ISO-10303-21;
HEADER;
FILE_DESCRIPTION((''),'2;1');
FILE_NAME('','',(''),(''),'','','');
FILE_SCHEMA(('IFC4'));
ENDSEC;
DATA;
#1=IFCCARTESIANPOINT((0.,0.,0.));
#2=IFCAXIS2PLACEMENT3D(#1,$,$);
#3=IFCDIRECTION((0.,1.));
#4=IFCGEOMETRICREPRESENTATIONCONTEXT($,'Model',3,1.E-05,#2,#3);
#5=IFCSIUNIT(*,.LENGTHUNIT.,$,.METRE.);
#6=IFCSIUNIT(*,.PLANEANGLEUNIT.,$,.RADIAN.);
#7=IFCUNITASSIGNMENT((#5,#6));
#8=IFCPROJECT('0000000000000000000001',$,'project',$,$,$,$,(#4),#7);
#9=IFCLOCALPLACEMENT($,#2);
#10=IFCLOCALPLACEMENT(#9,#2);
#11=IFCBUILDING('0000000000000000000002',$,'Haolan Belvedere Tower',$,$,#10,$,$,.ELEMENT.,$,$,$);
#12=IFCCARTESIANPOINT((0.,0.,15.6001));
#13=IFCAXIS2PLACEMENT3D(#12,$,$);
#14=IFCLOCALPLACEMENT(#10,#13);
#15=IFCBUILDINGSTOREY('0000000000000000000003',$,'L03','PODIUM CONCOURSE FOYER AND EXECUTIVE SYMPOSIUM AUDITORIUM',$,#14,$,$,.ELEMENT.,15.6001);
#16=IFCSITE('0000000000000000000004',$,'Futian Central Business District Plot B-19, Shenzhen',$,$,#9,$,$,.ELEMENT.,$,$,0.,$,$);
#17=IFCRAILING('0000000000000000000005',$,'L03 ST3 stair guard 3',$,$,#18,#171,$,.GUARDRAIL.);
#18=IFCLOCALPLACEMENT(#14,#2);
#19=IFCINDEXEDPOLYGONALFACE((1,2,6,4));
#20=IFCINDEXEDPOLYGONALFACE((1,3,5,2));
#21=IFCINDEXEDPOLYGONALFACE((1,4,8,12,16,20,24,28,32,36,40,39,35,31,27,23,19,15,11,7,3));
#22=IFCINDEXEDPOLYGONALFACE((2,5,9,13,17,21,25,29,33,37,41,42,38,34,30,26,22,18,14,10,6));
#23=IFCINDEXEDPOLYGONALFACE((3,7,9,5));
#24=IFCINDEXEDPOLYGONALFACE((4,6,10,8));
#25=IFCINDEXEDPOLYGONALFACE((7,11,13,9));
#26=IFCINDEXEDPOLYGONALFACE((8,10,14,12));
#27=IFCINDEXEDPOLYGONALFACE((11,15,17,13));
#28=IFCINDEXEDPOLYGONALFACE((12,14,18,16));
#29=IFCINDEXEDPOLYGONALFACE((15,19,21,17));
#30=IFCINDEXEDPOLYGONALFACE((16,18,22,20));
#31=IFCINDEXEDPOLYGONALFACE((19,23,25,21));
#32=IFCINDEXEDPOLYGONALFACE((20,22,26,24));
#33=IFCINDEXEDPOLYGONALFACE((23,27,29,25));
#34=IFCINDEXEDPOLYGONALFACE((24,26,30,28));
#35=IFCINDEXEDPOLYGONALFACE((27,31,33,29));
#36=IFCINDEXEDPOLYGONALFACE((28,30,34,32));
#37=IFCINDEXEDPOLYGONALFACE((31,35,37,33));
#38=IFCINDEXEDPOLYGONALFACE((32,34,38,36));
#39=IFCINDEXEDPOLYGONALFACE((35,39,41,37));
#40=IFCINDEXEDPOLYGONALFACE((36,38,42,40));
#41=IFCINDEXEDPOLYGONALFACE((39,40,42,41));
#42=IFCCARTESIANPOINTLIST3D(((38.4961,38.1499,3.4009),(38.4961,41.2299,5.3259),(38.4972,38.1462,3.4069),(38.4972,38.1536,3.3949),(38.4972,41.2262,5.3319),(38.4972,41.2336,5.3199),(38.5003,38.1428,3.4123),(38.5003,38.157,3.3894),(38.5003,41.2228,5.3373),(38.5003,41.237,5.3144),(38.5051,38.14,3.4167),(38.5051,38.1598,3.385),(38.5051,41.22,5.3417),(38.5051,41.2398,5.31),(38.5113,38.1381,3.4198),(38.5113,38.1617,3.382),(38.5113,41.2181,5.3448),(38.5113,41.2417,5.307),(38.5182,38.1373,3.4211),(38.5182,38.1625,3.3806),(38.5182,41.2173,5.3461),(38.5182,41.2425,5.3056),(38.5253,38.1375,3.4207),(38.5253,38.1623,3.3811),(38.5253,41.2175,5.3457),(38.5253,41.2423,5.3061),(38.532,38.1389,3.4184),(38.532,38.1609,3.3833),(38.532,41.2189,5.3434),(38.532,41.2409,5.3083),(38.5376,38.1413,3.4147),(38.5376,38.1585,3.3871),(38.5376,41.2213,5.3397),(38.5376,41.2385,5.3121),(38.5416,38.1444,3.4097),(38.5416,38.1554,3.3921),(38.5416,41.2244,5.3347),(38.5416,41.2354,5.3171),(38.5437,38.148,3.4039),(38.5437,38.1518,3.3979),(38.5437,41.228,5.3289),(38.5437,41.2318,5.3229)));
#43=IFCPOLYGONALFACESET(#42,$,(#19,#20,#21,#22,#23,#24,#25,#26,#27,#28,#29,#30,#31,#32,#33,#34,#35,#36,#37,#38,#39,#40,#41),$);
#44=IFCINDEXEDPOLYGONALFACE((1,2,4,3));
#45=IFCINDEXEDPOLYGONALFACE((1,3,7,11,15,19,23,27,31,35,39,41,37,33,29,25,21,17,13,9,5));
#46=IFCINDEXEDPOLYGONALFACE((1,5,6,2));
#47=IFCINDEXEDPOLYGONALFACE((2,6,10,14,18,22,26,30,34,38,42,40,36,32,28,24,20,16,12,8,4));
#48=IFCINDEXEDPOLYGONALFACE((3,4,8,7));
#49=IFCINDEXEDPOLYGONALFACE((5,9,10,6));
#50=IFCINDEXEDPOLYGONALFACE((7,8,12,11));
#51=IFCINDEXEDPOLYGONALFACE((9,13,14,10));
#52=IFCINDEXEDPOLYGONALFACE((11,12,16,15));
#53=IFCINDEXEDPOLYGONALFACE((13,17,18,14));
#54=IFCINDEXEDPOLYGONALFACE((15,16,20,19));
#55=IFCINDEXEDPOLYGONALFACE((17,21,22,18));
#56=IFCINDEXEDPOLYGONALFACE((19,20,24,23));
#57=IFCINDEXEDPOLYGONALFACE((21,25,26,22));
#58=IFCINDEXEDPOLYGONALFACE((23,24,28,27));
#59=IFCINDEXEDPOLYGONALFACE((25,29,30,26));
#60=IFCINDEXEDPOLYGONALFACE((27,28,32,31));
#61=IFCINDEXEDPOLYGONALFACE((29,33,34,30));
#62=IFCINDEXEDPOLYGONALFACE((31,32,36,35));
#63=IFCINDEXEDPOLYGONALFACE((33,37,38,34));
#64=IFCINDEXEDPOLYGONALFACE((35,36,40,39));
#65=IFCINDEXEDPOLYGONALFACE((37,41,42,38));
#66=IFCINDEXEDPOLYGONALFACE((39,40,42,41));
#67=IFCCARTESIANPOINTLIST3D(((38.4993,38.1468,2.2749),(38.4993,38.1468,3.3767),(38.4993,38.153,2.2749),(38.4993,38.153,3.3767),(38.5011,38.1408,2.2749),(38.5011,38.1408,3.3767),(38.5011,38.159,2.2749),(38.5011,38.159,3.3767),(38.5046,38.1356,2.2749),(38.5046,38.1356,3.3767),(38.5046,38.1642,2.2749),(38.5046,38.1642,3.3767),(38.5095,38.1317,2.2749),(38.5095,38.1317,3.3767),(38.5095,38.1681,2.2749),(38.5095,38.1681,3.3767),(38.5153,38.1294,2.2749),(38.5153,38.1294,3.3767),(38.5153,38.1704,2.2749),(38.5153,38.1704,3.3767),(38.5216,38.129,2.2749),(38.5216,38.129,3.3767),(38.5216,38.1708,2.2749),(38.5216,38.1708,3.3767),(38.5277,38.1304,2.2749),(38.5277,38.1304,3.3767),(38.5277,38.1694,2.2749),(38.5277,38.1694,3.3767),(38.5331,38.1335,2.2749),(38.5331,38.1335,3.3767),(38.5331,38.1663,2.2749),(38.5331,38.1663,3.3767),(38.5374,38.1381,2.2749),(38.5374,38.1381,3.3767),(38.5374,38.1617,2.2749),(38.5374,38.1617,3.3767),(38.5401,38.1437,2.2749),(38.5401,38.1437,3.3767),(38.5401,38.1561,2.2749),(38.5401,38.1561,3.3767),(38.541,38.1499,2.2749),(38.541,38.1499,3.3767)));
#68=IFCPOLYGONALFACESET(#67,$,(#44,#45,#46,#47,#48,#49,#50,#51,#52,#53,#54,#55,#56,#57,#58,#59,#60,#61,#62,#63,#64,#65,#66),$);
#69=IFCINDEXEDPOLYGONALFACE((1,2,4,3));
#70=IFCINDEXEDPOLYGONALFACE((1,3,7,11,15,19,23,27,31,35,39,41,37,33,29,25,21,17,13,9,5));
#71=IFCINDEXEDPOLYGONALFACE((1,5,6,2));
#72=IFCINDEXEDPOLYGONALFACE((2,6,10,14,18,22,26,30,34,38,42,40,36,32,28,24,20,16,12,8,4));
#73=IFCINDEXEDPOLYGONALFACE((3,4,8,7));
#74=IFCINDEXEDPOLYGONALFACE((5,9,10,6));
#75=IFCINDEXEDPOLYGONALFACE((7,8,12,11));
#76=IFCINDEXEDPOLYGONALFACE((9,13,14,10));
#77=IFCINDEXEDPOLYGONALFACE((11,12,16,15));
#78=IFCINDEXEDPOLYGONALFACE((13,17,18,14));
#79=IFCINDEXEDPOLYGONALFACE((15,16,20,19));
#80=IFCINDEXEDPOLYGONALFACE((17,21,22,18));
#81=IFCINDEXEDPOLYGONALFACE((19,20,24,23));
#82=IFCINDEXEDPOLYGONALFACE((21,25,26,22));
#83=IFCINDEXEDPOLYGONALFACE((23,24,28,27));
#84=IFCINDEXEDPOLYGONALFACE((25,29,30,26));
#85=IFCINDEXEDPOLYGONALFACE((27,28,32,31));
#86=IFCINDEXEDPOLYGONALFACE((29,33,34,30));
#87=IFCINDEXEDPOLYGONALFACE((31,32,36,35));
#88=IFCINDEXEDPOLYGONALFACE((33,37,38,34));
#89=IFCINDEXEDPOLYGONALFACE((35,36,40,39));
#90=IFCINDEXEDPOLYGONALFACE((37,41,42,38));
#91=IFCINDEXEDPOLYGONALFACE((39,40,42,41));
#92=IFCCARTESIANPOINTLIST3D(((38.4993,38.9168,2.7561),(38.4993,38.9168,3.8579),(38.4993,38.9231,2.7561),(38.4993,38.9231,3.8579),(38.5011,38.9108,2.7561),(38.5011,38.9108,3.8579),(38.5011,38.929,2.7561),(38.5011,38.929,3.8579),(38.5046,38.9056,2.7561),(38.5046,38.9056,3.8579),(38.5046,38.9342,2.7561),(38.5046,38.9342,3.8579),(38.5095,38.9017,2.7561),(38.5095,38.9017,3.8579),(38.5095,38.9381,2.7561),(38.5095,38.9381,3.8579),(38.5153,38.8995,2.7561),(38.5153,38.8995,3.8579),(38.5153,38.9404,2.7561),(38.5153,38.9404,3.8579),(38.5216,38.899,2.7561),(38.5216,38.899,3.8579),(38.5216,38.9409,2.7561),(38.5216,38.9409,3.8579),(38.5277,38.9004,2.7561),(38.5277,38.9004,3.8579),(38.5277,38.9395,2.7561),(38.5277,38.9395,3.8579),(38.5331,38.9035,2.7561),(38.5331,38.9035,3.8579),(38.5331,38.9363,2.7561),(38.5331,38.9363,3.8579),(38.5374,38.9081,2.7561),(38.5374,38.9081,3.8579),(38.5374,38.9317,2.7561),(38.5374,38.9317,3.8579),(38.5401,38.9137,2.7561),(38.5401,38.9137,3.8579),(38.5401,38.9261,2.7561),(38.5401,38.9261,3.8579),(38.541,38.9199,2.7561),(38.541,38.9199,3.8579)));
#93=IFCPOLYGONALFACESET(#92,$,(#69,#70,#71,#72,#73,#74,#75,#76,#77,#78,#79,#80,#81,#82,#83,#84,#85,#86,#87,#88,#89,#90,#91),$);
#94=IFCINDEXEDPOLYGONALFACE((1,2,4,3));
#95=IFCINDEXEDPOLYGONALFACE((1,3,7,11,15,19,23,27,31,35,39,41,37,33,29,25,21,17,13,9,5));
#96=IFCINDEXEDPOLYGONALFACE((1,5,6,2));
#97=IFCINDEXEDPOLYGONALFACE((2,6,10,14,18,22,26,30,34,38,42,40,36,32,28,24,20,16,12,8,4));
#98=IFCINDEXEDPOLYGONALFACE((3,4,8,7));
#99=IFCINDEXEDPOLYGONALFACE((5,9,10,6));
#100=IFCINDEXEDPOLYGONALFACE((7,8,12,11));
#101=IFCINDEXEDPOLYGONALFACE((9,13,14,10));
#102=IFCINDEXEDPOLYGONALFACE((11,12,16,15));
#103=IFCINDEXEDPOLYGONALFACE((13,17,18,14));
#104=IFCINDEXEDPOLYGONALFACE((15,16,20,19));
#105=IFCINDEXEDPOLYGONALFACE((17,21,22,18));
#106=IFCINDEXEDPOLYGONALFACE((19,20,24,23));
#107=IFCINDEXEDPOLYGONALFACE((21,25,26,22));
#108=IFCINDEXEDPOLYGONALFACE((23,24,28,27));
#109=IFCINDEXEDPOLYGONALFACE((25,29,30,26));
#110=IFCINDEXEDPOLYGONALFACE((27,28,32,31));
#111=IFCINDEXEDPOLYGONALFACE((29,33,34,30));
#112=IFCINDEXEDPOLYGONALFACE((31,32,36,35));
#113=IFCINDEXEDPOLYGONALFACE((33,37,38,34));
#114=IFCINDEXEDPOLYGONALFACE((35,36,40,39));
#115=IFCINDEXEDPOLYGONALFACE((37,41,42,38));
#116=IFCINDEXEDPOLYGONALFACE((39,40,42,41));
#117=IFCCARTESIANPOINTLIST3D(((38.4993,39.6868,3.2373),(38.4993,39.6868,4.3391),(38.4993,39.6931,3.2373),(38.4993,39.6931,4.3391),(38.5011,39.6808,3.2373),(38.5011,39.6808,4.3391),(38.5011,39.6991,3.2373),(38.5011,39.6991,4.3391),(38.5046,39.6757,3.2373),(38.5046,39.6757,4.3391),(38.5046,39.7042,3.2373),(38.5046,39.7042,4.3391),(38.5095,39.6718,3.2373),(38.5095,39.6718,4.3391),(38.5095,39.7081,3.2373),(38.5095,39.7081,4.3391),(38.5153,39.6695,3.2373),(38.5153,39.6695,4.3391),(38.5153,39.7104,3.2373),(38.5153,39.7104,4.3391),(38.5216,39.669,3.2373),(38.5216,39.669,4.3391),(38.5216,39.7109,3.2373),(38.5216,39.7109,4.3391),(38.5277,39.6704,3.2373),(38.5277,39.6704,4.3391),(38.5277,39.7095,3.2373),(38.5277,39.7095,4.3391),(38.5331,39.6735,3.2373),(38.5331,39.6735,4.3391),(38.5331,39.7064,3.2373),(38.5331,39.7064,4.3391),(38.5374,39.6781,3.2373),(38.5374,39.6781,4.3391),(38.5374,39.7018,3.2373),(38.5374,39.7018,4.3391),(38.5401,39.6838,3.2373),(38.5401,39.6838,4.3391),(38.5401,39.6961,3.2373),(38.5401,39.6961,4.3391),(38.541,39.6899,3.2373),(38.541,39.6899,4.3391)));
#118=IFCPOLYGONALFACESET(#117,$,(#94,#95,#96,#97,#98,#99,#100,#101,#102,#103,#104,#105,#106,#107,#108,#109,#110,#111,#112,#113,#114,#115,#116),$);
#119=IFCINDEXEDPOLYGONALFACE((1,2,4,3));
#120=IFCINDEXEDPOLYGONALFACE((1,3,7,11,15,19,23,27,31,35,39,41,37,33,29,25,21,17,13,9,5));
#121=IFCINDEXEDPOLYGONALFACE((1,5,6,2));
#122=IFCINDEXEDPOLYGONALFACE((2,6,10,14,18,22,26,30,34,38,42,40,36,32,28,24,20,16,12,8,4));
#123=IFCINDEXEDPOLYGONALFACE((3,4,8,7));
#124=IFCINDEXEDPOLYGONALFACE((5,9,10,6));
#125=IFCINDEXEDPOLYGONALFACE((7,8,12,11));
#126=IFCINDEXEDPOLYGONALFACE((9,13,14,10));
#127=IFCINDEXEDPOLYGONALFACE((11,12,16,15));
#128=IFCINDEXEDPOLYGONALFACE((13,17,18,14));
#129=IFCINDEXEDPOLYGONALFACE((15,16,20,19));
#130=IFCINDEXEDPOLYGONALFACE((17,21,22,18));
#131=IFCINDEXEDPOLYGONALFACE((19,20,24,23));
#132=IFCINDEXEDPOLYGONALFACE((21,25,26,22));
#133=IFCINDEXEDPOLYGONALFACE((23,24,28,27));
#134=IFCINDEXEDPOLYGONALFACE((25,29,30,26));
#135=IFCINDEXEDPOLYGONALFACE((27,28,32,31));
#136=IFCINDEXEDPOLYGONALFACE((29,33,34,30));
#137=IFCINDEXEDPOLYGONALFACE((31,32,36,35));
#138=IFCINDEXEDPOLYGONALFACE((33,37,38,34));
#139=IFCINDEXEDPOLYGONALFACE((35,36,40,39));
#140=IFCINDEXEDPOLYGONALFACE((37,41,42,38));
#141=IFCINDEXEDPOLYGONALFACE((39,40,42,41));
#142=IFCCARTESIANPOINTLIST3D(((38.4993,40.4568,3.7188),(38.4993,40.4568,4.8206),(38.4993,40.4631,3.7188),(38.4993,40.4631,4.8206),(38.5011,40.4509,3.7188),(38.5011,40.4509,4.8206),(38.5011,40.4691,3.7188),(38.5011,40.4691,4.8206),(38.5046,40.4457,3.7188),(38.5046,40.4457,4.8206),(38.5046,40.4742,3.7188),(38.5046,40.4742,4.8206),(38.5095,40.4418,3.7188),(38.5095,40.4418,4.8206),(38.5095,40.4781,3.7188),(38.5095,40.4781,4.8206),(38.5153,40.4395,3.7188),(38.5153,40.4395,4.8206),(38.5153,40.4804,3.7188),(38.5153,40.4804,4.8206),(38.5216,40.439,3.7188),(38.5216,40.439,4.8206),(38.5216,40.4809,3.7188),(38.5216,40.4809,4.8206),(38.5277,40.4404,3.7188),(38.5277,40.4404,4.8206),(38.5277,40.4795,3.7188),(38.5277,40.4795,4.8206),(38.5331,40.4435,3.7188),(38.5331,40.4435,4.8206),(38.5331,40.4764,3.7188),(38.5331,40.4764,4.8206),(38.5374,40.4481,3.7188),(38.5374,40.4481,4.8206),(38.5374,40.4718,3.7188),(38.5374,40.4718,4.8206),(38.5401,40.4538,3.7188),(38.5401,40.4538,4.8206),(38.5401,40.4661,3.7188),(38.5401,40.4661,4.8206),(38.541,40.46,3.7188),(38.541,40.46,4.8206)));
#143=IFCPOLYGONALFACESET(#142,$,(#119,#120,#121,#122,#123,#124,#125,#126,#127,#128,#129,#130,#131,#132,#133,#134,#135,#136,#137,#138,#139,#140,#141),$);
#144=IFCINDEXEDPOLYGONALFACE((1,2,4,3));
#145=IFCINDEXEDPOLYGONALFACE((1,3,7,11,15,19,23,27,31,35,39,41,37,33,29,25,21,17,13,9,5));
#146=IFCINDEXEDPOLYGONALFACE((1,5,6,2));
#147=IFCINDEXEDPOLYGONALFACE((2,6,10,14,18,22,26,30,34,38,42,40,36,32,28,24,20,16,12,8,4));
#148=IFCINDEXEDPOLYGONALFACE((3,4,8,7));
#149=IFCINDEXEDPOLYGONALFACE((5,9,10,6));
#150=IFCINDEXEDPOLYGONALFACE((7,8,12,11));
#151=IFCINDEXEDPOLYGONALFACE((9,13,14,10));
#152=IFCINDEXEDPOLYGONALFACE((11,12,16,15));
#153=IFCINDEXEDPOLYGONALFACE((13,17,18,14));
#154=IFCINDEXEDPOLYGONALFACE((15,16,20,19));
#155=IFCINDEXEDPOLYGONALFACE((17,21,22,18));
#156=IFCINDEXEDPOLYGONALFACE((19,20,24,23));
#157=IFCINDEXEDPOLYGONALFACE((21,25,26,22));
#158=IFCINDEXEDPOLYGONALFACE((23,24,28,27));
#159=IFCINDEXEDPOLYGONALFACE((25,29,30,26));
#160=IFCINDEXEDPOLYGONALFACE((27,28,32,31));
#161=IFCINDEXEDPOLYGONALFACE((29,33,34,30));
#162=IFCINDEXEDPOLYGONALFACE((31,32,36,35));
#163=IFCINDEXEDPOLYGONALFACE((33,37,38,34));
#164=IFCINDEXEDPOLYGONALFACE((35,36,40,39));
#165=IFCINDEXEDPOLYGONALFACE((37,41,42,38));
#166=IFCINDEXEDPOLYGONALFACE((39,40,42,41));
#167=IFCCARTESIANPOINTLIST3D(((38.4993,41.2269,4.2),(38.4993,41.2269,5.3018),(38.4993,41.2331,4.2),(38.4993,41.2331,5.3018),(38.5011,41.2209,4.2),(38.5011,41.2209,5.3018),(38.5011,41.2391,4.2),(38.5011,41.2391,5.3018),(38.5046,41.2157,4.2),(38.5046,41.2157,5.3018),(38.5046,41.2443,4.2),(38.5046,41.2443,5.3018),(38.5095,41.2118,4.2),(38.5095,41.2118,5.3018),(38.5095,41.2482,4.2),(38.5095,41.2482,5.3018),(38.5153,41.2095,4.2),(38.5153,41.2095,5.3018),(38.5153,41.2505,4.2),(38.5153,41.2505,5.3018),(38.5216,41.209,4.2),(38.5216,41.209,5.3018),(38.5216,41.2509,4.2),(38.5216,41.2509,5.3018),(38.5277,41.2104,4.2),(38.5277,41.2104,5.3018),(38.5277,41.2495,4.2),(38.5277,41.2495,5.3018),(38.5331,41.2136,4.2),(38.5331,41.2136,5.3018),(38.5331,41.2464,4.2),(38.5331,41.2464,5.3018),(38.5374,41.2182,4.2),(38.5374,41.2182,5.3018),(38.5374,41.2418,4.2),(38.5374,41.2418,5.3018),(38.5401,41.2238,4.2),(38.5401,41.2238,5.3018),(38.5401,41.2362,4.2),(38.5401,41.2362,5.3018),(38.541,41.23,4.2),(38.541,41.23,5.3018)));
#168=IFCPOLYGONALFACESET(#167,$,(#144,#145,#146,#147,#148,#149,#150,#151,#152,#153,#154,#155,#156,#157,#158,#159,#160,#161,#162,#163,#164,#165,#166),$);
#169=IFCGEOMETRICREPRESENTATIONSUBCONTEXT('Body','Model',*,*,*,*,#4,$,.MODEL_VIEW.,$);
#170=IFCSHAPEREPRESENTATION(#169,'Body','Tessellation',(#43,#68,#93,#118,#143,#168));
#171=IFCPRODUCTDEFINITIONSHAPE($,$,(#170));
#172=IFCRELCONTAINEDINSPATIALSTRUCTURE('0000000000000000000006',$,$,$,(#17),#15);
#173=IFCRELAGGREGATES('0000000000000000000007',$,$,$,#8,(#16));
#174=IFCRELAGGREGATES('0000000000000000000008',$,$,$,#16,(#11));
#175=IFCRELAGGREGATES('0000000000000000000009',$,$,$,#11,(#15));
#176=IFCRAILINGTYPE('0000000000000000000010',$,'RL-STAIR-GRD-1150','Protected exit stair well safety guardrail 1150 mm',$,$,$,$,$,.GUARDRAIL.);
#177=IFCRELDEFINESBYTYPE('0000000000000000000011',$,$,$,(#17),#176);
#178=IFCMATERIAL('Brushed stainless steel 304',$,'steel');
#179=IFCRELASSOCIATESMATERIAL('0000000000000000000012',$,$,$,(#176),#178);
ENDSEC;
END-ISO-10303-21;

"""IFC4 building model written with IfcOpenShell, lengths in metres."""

from ifc_helpers import new_model, si_unit, direction, frame, origin, origin_2d, place, context, subcontext, project, spatial, circle, extrude, material, type_object, element, save


model = new_model("IFC4")

# Units and contexts
model_context = context("Model", 3, precision=1e-05, world=origin(), true_north=direction((0.0, 1.0)))
body_context = subcontext(model_context, "Body", "Model", "MODEL_VIEW")
ifc_project = project(units=[si_unit("LENGTHUNIT", "METRE"), si_unit("PLANEANGLEUNIT", "RADIAN")], contexts=[model_context])

# Site, building, storey
site_placement = place(None, origin())
site = spatial("IfcSite", under=ifc_project, at=site_placement, Name="Futian Central Business District Plot B-19, Shenzhen", CompositionType="ELEMENT", RefElevation=0.0)
building_placement = place(site_placement, origin())
building = spatial("IfcBuilding", under=site, at=building_placement, Name="Haolan Belvedere Tower", CompositionType="ELEMENT")
storey_placement = place(building_placement, frame((0.0, 0.0, 15.6001)))
storey = spatial("IfcBuildingStorey", under=building, at=storey_placement, Name="L03", Description="PODIUM CONCOURSE FOYER AND EXECUTIVE SYMPOSIUM AUDITORIUM", CompositionType="ELEMENT", Elevation=15.6001)

# Railing
ifc_material_1 = material(Name="Brushed stainless steel 304", Category="steel")
railing_type_1 = type_object("IfcRailingType", Name="RL-STAIR-GRD-1150", Description="Protected exit stair well safety guardrail 1150 mm", PredefinedType="GUARDRAIL", material=ifc_material_1)
railing_1_placement = place(storey_placement, frame((38.52, 38.1499, 2.2749)))
element("IfcRailing", 1, at=railing_1_placement, inside=storey, type_object=railing_type_1, Name="L03 ST3 stair guard 3", PredefinedType="GUARDRAIL", context=body_context, shape_type="SweptSolid", body=[
    extrude(circle(Radius=0.0239, at=origin_2d()), frame((0.0, 0.0, 1.126), z_axis=(0.0, 0.847998, 0.529999), x_axis=(-1.0, 0.0, 0.0)), (0.0, 0.0, 1.0), 3.6321),
    extrude(circle(Radius=0.021, at=origin_2d()), origin(), (0.0, 0.0, 1.0), 1.1018),
    extrude(circle(Radius=0.021, at=origin_2d()), frame((0.0, 0.77, 0.4812)), (0.0, 0.0, 1.0), 1.1018),
    extrude(circle(Radius=0.021, at=origin_2d()), frame((0.0, 1.54, 0.9624)), (0.0, 0.0, 1.0), 1.1018),
    extrude(circle(Radius=0.021, at=origin_2d()), frame((0.0, 2.3101, 1.4438)), (0.0, 0.0, 1.0), 1.1018),
    extrude(circle(Radius=0.021, at=origin_2d()), frame((0.0, 3.0801, 1.925)), (0.0, 0.0, 1.0), 1.1018),
])

save(model, "model.ifc")
